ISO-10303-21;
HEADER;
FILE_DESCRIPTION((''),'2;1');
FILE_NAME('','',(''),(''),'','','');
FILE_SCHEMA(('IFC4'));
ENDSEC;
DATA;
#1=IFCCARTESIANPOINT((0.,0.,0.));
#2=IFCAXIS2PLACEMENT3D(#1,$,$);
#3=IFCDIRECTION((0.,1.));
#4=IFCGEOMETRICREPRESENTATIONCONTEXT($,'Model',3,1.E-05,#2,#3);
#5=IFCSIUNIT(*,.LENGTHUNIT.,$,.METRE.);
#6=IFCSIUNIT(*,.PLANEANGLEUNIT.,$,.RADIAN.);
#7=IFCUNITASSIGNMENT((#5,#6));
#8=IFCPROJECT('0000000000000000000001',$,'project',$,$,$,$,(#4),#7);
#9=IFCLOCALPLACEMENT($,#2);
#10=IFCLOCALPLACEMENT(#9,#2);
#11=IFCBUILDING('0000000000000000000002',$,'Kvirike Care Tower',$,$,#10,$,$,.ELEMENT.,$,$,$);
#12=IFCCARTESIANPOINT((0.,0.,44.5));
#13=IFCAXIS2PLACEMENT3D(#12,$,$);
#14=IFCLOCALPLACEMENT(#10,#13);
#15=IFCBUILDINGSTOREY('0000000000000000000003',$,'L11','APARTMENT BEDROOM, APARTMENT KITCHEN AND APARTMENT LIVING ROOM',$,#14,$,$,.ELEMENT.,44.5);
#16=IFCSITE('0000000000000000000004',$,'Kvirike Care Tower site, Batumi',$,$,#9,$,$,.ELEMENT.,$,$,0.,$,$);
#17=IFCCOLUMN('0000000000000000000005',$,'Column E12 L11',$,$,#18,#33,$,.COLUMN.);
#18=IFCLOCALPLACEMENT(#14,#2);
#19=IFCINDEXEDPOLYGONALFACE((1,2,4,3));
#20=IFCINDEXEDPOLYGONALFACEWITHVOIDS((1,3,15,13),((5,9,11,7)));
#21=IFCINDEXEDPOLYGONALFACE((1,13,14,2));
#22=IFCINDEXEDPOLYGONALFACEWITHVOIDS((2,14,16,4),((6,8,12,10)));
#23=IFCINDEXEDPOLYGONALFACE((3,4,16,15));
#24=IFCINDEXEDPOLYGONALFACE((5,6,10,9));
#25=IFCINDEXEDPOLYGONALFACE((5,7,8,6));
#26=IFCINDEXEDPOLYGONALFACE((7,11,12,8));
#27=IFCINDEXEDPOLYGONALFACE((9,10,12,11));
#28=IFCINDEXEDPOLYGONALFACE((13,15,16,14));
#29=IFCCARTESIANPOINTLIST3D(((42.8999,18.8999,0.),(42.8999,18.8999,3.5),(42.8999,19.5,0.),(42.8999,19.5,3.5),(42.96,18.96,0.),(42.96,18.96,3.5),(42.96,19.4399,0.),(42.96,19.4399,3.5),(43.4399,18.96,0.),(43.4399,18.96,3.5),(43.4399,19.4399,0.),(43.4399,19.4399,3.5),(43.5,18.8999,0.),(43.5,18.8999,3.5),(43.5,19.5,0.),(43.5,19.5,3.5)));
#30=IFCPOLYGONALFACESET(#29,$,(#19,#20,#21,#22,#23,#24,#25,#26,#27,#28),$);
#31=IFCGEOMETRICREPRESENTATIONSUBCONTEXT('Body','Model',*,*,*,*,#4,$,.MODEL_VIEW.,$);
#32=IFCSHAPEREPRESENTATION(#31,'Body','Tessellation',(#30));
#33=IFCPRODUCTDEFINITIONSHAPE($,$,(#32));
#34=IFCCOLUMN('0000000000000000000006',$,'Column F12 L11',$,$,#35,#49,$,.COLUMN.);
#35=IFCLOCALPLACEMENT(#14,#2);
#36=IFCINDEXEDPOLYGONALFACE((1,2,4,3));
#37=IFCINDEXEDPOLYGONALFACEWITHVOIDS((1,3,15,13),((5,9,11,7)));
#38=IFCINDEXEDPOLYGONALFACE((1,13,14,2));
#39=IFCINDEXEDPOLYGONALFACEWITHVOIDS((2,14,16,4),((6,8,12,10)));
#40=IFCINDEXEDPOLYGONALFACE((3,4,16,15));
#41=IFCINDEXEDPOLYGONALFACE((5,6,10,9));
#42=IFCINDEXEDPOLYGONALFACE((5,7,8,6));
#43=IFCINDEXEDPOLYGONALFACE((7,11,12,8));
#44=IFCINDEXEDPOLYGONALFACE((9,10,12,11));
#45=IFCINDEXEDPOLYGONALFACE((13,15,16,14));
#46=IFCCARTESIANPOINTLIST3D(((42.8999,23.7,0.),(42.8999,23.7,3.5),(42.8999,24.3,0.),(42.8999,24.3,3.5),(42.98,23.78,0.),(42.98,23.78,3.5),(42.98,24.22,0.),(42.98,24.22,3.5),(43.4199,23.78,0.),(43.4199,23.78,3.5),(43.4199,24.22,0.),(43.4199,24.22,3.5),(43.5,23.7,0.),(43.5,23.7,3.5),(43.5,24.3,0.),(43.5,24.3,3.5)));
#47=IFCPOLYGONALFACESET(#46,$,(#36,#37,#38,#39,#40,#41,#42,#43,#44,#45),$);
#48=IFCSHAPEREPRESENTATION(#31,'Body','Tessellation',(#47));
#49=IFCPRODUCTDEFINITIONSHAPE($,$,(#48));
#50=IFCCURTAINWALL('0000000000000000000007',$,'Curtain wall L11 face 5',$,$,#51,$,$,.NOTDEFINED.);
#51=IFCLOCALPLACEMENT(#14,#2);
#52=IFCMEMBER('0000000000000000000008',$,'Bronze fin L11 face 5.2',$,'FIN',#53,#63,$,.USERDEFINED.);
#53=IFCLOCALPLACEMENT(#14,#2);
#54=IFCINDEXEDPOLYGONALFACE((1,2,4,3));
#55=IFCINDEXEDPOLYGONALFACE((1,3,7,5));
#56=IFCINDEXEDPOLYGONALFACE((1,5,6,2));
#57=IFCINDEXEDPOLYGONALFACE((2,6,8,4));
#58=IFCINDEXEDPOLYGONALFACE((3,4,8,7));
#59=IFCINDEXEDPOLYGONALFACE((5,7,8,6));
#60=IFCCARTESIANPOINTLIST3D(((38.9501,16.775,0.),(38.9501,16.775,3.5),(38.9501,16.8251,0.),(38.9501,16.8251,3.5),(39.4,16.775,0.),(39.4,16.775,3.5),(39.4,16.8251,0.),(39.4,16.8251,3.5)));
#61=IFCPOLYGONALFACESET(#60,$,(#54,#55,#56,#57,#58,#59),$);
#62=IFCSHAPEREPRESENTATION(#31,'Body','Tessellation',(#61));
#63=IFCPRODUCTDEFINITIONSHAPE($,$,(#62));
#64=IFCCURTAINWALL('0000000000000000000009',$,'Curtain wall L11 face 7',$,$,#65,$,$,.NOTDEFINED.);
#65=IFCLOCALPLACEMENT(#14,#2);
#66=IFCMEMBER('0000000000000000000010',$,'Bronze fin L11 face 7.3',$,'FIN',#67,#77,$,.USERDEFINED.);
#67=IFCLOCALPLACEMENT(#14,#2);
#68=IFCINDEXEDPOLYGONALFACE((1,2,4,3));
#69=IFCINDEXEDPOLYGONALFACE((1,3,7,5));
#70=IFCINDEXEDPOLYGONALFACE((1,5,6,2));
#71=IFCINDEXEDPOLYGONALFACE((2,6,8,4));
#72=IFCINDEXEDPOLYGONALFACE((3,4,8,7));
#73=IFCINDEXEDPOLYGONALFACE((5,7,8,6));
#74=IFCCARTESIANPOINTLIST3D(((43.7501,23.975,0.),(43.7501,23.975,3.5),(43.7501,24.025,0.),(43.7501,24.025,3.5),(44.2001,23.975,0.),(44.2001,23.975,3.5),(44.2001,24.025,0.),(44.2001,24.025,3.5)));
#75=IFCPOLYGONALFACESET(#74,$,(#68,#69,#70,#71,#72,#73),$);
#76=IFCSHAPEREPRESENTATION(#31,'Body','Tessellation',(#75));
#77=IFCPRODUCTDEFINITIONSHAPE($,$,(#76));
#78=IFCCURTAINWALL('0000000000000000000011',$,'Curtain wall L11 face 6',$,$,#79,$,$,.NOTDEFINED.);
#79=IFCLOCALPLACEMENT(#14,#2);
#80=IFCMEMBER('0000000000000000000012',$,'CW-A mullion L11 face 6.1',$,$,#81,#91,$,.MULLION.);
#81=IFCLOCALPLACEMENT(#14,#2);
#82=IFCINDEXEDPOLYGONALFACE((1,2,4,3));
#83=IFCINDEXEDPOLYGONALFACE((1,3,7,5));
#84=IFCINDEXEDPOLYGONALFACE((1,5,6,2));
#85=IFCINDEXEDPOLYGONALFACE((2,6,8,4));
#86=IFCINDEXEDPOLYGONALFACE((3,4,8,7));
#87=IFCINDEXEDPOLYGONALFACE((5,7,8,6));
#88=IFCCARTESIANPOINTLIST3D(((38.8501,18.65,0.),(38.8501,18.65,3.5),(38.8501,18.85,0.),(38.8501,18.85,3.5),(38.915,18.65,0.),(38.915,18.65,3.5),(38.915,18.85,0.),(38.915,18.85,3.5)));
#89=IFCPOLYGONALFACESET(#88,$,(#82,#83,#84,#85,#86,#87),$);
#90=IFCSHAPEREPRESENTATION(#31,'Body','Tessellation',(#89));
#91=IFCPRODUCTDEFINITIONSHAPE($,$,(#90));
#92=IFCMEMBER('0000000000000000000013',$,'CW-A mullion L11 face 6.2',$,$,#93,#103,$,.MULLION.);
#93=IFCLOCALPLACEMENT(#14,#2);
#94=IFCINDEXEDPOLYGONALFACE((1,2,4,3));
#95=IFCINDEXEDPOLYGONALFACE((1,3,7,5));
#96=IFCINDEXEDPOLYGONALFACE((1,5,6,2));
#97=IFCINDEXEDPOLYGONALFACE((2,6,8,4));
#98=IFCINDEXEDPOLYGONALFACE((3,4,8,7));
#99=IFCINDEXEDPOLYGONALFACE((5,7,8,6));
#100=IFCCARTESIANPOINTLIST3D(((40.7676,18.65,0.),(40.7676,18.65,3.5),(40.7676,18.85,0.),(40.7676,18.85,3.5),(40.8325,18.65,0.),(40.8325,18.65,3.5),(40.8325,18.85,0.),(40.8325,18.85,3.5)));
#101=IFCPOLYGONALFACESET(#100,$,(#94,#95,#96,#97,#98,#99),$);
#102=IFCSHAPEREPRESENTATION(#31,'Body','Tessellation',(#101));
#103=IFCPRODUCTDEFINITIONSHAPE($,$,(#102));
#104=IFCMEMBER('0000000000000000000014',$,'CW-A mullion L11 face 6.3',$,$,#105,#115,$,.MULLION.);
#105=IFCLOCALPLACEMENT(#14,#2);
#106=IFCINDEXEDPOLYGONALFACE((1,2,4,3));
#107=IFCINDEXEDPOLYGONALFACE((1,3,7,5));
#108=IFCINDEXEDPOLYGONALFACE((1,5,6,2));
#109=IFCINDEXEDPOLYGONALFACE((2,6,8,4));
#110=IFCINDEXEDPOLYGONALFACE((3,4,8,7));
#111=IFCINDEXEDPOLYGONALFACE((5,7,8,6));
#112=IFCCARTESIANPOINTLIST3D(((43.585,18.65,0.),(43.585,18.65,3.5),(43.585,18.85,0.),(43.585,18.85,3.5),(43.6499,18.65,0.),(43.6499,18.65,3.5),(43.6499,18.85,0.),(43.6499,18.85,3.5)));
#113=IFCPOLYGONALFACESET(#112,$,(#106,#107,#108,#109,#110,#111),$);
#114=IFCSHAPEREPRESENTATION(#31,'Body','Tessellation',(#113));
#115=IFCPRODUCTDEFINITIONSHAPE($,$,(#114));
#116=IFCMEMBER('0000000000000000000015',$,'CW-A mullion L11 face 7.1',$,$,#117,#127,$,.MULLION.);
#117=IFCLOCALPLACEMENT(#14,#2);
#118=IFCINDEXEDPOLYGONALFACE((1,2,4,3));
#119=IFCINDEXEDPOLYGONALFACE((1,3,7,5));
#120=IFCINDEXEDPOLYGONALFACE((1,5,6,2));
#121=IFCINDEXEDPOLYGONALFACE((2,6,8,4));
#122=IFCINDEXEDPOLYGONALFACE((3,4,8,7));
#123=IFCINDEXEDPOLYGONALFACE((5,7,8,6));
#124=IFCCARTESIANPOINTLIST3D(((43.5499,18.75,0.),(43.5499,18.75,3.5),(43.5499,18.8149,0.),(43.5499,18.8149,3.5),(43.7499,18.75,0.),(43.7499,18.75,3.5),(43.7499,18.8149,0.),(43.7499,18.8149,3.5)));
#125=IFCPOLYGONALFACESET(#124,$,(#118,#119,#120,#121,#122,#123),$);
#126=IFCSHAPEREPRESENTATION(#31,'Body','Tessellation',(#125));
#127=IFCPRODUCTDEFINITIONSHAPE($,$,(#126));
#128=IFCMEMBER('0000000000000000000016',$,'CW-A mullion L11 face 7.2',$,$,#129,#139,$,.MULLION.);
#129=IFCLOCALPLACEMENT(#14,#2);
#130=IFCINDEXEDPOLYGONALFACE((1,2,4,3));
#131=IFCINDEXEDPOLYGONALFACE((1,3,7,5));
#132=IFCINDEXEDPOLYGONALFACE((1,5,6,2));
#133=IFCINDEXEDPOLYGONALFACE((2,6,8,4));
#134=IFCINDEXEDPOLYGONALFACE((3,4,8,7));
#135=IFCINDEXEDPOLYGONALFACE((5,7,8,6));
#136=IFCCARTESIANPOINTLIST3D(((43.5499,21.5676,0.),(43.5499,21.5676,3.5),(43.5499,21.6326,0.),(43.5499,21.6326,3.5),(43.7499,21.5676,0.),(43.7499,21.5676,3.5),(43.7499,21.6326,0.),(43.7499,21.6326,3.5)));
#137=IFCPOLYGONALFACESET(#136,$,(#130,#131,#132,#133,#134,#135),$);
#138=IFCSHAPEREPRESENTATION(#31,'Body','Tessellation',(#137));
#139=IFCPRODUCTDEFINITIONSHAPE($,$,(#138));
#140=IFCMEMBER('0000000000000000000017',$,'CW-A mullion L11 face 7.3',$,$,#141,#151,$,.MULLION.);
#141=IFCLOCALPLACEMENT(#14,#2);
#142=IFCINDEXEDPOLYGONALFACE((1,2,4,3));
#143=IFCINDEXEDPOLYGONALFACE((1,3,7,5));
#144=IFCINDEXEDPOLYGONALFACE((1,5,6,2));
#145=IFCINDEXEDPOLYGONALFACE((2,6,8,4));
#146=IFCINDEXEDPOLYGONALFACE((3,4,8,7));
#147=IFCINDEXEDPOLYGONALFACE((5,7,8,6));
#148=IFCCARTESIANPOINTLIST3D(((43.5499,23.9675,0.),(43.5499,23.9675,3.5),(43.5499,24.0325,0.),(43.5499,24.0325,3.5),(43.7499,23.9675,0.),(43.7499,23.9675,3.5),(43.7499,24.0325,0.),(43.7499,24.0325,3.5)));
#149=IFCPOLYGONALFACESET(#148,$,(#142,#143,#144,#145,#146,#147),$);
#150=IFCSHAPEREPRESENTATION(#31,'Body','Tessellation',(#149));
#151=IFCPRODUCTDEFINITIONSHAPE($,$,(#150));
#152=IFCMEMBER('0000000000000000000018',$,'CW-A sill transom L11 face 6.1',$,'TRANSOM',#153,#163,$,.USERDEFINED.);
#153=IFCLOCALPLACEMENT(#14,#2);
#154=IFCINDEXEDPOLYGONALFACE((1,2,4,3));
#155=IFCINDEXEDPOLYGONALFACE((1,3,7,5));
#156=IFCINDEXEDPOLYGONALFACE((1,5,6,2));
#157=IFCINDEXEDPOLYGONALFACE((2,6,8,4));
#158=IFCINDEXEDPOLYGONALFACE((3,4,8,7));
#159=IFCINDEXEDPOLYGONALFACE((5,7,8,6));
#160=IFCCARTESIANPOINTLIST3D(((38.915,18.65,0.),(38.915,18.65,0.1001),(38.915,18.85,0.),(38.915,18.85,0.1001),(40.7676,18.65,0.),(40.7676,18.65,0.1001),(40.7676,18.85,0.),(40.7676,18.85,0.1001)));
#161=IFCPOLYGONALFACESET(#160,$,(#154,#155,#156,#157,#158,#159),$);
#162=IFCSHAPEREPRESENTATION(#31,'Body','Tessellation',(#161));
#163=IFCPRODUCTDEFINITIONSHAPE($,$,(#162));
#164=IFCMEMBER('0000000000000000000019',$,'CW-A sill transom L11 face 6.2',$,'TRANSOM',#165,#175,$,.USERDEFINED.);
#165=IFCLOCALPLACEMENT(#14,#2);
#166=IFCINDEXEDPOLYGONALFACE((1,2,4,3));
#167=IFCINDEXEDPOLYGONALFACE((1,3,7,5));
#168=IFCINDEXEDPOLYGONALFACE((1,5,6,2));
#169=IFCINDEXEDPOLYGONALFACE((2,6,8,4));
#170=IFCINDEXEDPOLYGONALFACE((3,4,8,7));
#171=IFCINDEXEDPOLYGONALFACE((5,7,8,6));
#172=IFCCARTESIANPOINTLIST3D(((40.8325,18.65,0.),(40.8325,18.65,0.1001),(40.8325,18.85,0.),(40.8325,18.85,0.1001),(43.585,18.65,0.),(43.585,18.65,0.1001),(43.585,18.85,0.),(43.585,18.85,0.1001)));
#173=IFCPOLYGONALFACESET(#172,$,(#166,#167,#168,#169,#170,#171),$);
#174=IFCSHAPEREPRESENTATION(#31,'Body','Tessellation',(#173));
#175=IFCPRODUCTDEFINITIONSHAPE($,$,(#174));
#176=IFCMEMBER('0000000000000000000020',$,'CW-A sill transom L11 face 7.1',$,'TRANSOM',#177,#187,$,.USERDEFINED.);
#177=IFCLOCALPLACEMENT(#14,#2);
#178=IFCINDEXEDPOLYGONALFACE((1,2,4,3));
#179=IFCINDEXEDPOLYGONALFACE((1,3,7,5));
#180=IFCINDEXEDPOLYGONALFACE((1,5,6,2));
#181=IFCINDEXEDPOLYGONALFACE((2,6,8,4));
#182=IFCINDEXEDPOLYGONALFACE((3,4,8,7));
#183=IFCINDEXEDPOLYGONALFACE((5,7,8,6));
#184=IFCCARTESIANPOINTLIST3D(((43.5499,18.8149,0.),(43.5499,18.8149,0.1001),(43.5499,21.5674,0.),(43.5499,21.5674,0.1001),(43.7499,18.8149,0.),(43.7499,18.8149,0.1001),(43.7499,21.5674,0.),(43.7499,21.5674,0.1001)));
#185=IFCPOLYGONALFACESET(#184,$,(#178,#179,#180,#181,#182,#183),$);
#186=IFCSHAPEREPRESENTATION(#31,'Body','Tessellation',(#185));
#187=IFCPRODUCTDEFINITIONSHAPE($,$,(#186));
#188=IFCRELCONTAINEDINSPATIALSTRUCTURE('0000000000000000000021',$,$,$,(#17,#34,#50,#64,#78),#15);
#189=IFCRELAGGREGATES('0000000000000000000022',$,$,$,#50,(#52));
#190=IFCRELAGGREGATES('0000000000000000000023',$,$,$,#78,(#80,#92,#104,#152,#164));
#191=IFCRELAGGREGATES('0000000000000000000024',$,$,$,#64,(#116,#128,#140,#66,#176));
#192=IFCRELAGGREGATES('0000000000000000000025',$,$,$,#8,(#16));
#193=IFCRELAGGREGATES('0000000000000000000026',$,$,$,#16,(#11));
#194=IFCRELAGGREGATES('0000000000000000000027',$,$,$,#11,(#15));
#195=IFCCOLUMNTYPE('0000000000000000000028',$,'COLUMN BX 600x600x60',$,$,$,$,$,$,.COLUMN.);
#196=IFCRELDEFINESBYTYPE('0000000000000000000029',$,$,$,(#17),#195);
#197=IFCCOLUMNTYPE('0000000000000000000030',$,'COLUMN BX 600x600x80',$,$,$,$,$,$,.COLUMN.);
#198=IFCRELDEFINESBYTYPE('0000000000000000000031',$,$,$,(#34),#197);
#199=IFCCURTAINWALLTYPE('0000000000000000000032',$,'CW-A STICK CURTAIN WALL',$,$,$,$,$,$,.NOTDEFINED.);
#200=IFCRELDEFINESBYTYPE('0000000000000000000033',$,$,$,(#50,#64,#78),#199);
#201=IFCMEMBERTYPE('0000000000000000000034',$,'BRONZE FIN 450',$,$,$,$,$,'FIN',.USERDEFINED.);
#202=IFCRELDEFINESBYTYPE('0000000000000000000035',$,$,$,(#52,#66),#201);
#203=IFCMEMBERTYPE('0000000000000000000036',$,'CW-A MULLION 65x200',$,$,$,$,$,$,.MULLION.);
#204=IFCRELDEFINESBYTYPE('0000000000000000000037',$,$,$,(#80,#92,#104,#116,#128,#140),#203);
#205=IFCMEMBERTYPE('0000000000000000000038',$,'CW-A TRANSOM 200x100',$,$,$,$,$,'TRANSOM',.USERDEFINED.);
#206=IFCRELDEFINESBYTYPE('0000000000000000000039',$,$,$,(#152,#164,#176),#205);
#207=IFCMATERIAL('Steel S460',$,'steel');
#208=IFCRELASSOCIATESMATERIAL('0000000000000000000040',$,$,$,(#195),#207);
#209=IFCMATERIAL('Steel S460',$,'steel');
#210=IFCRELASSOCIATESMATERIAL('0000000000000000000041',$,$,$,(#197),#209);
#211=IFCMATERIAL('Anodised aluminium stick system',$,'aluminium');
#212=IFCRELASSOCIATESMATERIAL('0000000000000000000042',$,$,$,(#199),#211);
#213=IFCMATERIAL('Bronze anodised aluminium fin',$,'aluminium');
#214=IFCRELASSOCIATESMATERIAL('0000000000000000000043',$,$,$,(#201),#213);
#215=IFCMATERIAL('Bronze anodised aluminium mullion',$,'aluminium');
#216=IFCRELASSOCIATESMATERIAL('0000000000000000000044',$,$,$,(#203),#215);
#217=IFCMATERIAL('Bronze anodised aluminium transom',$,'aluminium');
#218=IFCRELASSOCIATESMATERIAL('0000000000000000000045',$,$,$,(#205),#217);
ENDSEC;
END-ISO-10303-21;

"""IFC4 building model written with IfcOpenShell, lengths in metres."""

from ifc_helpers import new_model, si_unit, direction, frame, origin, origin_2d, place, context, subcontext, project, spatial, rectangle, hollow_rectangle, extrude, material, material_profile, profile_set, type_object, element, aggregate, save


model = new_model("IFC4")

# Units and contexts
model_context = context("Model", 3, precision=1e-05, world=origin(), true_north=direction((0.0, 1.0)))
body_context = subcontext(model_context, "Body", "Model", "MODEL_VIEW")
ifc_project = project(units=[si_unit("LENGTHUNIT", "METRE"), si_unit("PLANEANGLEUNIT", "RADIAN")], contexts=[model_context])

# Site, building, storey
site_placement = place(None, origin())
site = spatial("IfcSite", under=ifc_project, at=site_placement, Name="Kvirike Care Tower site, Batumi", CompositionType="ELEMENT", RefElevation=0.0)
building_placement = place(site_placement, origin())
building = spatial("IfcBuilding", under=site, at=building_placement, Name="Kvirike Care Tower", CompositionType="ELEMENT")
storey_placement = place(building_placement, frame((0.0, 0.0, 44.5)))
storey = spatial("IfcBuildingStorey", under=building, at=storey_placement, Name="L11", Description="APARTMENT BEDROOM, APARTMENT KITCHEN AND APARTMENT LIVING ROOM", CompositionType="ELEMENT", Elevation=44.5)

# Columns
ifc_material_1 = material(Name="Steel S460", Category="steel")
ifc_material_profile_1 = material_profile(ifc_material_1, hollow_rectangle(XDim=0.6001, YDim=0.6001, WallThickness=0.0601, at=origin_2d()), Name="BX 600x600x60")
ifc_profile_set_1 = profile_set([ifc_material_profile_1], Name="Steel S460")
column_type_1 = type_object("IfcColumnType", Name="COLUMN BX 600x600x60", PredefinedType="COLUMN", material=ifc_profile_set_1)
column_1_placement = place(storey_placement, frame((43.2, 19.2, 0.0), z_axis=(0.0, 0.0, 1.0), x_axis=(0.0, 1.0, 0.0)))
element("IfcColumn", 1, at=column_1_placement, inside=storey, type_object=column_type_1, Name="Column E12 L11", PredefinedType="COLUMN", context=body_context, shape_type="SweptSolid", body=[
    extrude(hollow_rectangle(XDim=0.6001, YDim=0.6001, WallThickness=0.0601, at=origin_2d()), origin(), (0.0, 0.0, 1.0), 3.5),
])
ifc_material_2 = material(Name="Steel S460", Category="steel")
ifc_material_profile_2 = material_profile(ifc_material_2, hollow_rectangle(XDim=0.6001, YDim=0.6001, WallThickness=0.0801, at=origin_2d()), Name="BX 600x600x80")
ifc_profile_set_2 = profile_set([ifc_material_profile_2], Name="Steel S460")
column_type_2 = type_object("IfcColumnType", Name="COLUMN BX 600x600x80", PredefinedType="COLUMN", material=ifc_profile_set_2)
column_2_placement = place(storey_placement, frame((43.2, 24.0, 0.0), z_axis=(0.0, 0.0, 1.0), x_axis=(1.0, 0.0, 0.0)))
element("IfcColumn", 2, at=column_2_placement, inside=storey, type_object=column_type_2, Name="Column F12 L11", PredefinedType="COLUMN", context=body_context, shape_type="SweptSolid", body=[
    extrude(hollow_rectangle(XDim=0.6001, YDim=0.6001, WallThickness=0.0801, at=origin_2d()), origin(), (0.0, 0.0, 1.0), 3.5),
])

# Curtain walls, members
ifc_material_3 = material(Name="Anodised aluminium stick system", Category="aluminium")
curtain_wall_type = type_object("IfcCurtainWallType", Name="CW-A STICK CURTAIN WALL", PredefinedType="NOTDEFINED", material=ifc_material_3)
curtain_wall_1_placement = place(storey_placement, origin())
curtain_wall_1 = element("IfcCurtainWall", 3, at=curtain_wall_1_placement, inside=storey, type_object=curtain_wall_type, Name="Curtain wall L11 face 5", PredefinedType="NOTDEFINED")
ifc_material_4 = material(Name="Bronze anodised aluminium fin", Category="aluminium")
ifc_material_profile_3 = material_profile(ifc_material_4, rectangle(XDim=0.05, YDim=0.45, at=origin_2d()), Name="BRONZE FIN 450")
ifc_profile_set_3 = profile_set([ifc_material_profile_3], Name="Bronze anodised aluminium fin")
member_type_1 = type_object("IfcMemberType", Name="BRONZE FIN 450", ElementType="FIN", PredefinedType="USERDEFINED", material=ifc_profile_set_3)
member_1_placement = place(storey_placement, frame((39.175, 16.8, 0.0), z_axis=(0.0, 0.0, 1.0), x_axis=(0.0, 1.0, 0.0)))
member_1 = element("IfcMember", 4, at=member_1_placement, type_object=member_type_1, Name="Bronze fin L11 face 5.2", ObjectType="FIN", PredefinedType="USERDEFINED", context=body_context, shape_type="SweptSolid", body=[
    extrude(rectangle(XDim=0.05, YDim=0.45, at=origin_2d()), origin(), (0.0, 0.0, 1.0), 3.5),
])
aggregate(curtain_wall_1, [member_1])
curtain_wall_2_placement = place(storey_placement, origin())
curtain_wall_2 = element("IfcCurtainWall", 5, at=curtain_wall_2_placement, inside=storey, type_object=curtain_wall_type, Name="Curtain wall L11 face 7", PredefinedType="NOTDEFINED")
member_2_placement = place(storey_placement, frame((43.9751, 24.0, 0.0), z_axis=(0.0, 0.0, 1.0), x_axis=(0.0, 1.0, 0.0)))
member_2 = element("IfcMember", 6, at=member_2_placement, type_object=member_type_1, Name="Bronze fin L11 face 7.3", ObjectType="FIN", PredefinedType="USERDEFINED", context=body_context, shape_type="SweptSolid", body=[
    extrude(rectangle(XDim=0.05, YDim=0.45, at=origin_2d()), origin(), (0.0, 0.0, 1.0), 3.5),
])

# Curtain wall, members
curtain_wall_3_placement = place(storey_placement, origin())
curtain_wall_3 = element("IfcCurtainWall", 7, at=curtain_wall_3_placement, inside=storey, type_object=curtain_wall_type, Name="Curtain wall L11 face 6", PredefinedType="NOTDEFINED")
ifc_material_5 = material(Name="Bronze anodised aluminium mullion", Category="aluminium")
ifc_material_profile_4 = material_profile(ifc_material_5, rectangle(XDim=0.0649, YDim=0.2, at=origin_2d()), Name="CW-A MULLION 65x200")
ifc_profile_set_4 = profile_set([ifc_material_profile_4], Name="Bronze anodised aluminium mullion")
member_type_2 = type_object("IfcMemberType", Name="CW-A MULLION 65x200", PredefinedType="MULLION", material=ifc_profile_set_4)
member_3_placement = place(storey_placement, frame((38.8826, 18.75, 0.0), z_axis=(0.0, 0.0, 1.0), x_axis=(1.0, 0.0, 0.0)))
member_3 = element("IfcMember", 8, at=member_3_placement, type_object=member_type_2, Name="CW-A mullion L11 face 6.1", PredefinedType="MULLION", context=body_context, shape_type="SweptSolid", body=[
    extrude(rectangle(XDim=0.0649, YDim=0.2, at=origin_2d()), origin(), (0.0, 0.0, 1.0), 3.5),
])
member_4_placement = place(storey_placement, frame((40.8, 18.75, 0.0), z_axis=(0.0, 0.0, 1.0), x_axis=(1.0, 0.0, 0.0)))
member_4 = element("IfcMember", 9, at=member_4_placement, type_object=member_type_2, Name="CW-A mullion L11 face 6.2", PredefinedType="MULLION", context=body_context, shape_type="SweptSolid", body=[
    extrude(rectangle(XDim=0.0649, YDim=0.2, at=origin_2d()), origin(), (0.0, 0.0, 1.0), 3.5),
])
member_5_placement = place(storey_placement, frame((43.6174, 18.75, 0.0), z_axis=(0.0, 0.0, 1.0), x_axis=(1.0, 0.0, 0.0)))
member_5 = element("IfcMember", 10, at=member_5_placement, type_object=member_type_2, Name="CW-A mullion L11 face 6.3", PredefinedType="MULLION", context=body_context, shape_type="SweptSolid", body=[
    extrude(rectangle(XDim=0.0649, YDim=0.2, at=origin_2d()), origin(), (0.0, 0.0, 1.0), 3.5),
])

# Members
member_6_placement = place(storey_placement, frame((43.6499, 18.7825, 0.0), z_axis=(0.0, 0.0, 1.0), x_axis=(0.0, 1.0, 0.0)))
member_6 = element("IfcMember", 11, at=member_6_placement, type_object=member_type_2, Name="CW-A mullion L11 face 7.1", PredefinedType="MULLION", context=body_context, shape_type="SweptSolid", body=[
    extrude(rectangle(XDim=0.0649, YDim=0.2, at=origin_2d()), origin(), (0.0, 0.0, 1.0), 3.5),
])
member_7_placement = place(storey_placement, frame((43.6499, 21.6001, 0.0), z_axis=(0.0, 0.0, 1.0), x_axis=(0.0, 1.0, 0.0)))
member_7 = element("IfcMember", 12, at=member_7_placement, type_object=member_type_2, Name="CW-A mullion L11 face 7.2", PredefinedType="MULLION", context=body_context, shape_type="SweptSolid", body=[
    extrude(rectangle(XDim=0.0649, YDim=0.2, at=origin_2d()), origin(), (0.0, 0.0, 1.0), 3.5),
])
member_8_placement = place(storey_placement, frame((43.6499, 24.0, 0.0), z_axis=(0.0, 0.0, 1.0), x_axis=(0.0, 1.0, 0.0)))
member_8 = element("IfcMember", 13, at=member_8_placement, type_object=member_type_2, Name="CW-A mullion L11 face 7.3", PredefinedType="MULLION", context=body_context, shape_type="SweptSolid", body=[
    extrude(rectangle(XDim=0.0649, YDim=0.2, at=origin_2d()), origin(), (0.0, 0.0, 1.0), 3.5),
])
ifc_material_6 = material(Name="Bronze anodised aluminium transom", Category="aluminium")
ifc_material_profile_5 = material_profile(ifc_material_6, rectangle(XDim=0.2, YDim=0.1001, at=origin_2d()), Name="CW-A TRANSOM 200x100")
ifc_profile_set_5 = profile_set([ifc_material_profile_5], Name="Bronze anodised aluminium transom")
member_type_3 = type_object("IfcMemberType", Name="CW-A TRANSOM 200x100", ElementType="TRANSOM", PredefinedType="USERDEFINED", material=ifc_profile_set_5)
member_9_placement = place(storey_placement, frame((38.915, 18.75, 0.05), z_axis=(1.0, 0.0, 0.0), x_axis=(0.0, 1.0, 0.0)))
member_9 = element("IfcMember", 14, at=member_9_placement, type_object=member_type_3, Name="CW-A sill transom L11 face 6.1", ObjectType="TRANSOM", PredefinedType="USERDEFINED", context=body_context, shape_type="SweptSolid", body=[
    extrude(rectangle(XDim=0.2, YDim=0.1001, at=origin_2d()), origin(), (0.0, 0.0, 1.0), 1.8525),
])
member_10_placement = place(storey_placement, frame((40.8325, 18.75, 0.05), z_axis=(1.0, 0.0, 0.0), x_axis=(0.0, 1.0, 0.0)))
member_10 = element("IfcMember", 15, at=member_10_placement, type_object=member_type_3, Name="CW-A sill transom L11 face 6.2", ObjectType="TRANSOM", PredefinedType="USERDEFINED", context=body_context, shape_type="SweptSolid", body=[
    extrude(rectangle(XDim=0.2, YDim=0.1001, at=origin_2d()), origin(), (0.0, 0.0, 1.0), 2.7524),
])
member_11_placement = place(storey_placement, frame((43.6499, 18.8149, 0.05), z_axis=(0.0, 1.0, 0.0), x_axis=(-1.0, 0.0, 0.0)))
member_11 = element("IfcMember", 16, at=member_11_placement, type_object=member_type_3, Name="CW-A sill transom L11 face 7.1", ObjectType="TRANSOM", PredefinedType="USERDEFINED", context=body_context, shape_type="SweptSolid", body=[
    extrude(rectangle(XDim=0.2, YDim=0.1001, at=origin_2d()), origin(), (0.0, 0.0, 1.0), 2.7524),
])

aggregate(curtain_wall_3, [member_3, member_4, member_5, member_9, member_10])
aggregate(curtain_wall_2, [member_6, member_7, member_8, member_2, member_11])

save(model, "model.ifc")
